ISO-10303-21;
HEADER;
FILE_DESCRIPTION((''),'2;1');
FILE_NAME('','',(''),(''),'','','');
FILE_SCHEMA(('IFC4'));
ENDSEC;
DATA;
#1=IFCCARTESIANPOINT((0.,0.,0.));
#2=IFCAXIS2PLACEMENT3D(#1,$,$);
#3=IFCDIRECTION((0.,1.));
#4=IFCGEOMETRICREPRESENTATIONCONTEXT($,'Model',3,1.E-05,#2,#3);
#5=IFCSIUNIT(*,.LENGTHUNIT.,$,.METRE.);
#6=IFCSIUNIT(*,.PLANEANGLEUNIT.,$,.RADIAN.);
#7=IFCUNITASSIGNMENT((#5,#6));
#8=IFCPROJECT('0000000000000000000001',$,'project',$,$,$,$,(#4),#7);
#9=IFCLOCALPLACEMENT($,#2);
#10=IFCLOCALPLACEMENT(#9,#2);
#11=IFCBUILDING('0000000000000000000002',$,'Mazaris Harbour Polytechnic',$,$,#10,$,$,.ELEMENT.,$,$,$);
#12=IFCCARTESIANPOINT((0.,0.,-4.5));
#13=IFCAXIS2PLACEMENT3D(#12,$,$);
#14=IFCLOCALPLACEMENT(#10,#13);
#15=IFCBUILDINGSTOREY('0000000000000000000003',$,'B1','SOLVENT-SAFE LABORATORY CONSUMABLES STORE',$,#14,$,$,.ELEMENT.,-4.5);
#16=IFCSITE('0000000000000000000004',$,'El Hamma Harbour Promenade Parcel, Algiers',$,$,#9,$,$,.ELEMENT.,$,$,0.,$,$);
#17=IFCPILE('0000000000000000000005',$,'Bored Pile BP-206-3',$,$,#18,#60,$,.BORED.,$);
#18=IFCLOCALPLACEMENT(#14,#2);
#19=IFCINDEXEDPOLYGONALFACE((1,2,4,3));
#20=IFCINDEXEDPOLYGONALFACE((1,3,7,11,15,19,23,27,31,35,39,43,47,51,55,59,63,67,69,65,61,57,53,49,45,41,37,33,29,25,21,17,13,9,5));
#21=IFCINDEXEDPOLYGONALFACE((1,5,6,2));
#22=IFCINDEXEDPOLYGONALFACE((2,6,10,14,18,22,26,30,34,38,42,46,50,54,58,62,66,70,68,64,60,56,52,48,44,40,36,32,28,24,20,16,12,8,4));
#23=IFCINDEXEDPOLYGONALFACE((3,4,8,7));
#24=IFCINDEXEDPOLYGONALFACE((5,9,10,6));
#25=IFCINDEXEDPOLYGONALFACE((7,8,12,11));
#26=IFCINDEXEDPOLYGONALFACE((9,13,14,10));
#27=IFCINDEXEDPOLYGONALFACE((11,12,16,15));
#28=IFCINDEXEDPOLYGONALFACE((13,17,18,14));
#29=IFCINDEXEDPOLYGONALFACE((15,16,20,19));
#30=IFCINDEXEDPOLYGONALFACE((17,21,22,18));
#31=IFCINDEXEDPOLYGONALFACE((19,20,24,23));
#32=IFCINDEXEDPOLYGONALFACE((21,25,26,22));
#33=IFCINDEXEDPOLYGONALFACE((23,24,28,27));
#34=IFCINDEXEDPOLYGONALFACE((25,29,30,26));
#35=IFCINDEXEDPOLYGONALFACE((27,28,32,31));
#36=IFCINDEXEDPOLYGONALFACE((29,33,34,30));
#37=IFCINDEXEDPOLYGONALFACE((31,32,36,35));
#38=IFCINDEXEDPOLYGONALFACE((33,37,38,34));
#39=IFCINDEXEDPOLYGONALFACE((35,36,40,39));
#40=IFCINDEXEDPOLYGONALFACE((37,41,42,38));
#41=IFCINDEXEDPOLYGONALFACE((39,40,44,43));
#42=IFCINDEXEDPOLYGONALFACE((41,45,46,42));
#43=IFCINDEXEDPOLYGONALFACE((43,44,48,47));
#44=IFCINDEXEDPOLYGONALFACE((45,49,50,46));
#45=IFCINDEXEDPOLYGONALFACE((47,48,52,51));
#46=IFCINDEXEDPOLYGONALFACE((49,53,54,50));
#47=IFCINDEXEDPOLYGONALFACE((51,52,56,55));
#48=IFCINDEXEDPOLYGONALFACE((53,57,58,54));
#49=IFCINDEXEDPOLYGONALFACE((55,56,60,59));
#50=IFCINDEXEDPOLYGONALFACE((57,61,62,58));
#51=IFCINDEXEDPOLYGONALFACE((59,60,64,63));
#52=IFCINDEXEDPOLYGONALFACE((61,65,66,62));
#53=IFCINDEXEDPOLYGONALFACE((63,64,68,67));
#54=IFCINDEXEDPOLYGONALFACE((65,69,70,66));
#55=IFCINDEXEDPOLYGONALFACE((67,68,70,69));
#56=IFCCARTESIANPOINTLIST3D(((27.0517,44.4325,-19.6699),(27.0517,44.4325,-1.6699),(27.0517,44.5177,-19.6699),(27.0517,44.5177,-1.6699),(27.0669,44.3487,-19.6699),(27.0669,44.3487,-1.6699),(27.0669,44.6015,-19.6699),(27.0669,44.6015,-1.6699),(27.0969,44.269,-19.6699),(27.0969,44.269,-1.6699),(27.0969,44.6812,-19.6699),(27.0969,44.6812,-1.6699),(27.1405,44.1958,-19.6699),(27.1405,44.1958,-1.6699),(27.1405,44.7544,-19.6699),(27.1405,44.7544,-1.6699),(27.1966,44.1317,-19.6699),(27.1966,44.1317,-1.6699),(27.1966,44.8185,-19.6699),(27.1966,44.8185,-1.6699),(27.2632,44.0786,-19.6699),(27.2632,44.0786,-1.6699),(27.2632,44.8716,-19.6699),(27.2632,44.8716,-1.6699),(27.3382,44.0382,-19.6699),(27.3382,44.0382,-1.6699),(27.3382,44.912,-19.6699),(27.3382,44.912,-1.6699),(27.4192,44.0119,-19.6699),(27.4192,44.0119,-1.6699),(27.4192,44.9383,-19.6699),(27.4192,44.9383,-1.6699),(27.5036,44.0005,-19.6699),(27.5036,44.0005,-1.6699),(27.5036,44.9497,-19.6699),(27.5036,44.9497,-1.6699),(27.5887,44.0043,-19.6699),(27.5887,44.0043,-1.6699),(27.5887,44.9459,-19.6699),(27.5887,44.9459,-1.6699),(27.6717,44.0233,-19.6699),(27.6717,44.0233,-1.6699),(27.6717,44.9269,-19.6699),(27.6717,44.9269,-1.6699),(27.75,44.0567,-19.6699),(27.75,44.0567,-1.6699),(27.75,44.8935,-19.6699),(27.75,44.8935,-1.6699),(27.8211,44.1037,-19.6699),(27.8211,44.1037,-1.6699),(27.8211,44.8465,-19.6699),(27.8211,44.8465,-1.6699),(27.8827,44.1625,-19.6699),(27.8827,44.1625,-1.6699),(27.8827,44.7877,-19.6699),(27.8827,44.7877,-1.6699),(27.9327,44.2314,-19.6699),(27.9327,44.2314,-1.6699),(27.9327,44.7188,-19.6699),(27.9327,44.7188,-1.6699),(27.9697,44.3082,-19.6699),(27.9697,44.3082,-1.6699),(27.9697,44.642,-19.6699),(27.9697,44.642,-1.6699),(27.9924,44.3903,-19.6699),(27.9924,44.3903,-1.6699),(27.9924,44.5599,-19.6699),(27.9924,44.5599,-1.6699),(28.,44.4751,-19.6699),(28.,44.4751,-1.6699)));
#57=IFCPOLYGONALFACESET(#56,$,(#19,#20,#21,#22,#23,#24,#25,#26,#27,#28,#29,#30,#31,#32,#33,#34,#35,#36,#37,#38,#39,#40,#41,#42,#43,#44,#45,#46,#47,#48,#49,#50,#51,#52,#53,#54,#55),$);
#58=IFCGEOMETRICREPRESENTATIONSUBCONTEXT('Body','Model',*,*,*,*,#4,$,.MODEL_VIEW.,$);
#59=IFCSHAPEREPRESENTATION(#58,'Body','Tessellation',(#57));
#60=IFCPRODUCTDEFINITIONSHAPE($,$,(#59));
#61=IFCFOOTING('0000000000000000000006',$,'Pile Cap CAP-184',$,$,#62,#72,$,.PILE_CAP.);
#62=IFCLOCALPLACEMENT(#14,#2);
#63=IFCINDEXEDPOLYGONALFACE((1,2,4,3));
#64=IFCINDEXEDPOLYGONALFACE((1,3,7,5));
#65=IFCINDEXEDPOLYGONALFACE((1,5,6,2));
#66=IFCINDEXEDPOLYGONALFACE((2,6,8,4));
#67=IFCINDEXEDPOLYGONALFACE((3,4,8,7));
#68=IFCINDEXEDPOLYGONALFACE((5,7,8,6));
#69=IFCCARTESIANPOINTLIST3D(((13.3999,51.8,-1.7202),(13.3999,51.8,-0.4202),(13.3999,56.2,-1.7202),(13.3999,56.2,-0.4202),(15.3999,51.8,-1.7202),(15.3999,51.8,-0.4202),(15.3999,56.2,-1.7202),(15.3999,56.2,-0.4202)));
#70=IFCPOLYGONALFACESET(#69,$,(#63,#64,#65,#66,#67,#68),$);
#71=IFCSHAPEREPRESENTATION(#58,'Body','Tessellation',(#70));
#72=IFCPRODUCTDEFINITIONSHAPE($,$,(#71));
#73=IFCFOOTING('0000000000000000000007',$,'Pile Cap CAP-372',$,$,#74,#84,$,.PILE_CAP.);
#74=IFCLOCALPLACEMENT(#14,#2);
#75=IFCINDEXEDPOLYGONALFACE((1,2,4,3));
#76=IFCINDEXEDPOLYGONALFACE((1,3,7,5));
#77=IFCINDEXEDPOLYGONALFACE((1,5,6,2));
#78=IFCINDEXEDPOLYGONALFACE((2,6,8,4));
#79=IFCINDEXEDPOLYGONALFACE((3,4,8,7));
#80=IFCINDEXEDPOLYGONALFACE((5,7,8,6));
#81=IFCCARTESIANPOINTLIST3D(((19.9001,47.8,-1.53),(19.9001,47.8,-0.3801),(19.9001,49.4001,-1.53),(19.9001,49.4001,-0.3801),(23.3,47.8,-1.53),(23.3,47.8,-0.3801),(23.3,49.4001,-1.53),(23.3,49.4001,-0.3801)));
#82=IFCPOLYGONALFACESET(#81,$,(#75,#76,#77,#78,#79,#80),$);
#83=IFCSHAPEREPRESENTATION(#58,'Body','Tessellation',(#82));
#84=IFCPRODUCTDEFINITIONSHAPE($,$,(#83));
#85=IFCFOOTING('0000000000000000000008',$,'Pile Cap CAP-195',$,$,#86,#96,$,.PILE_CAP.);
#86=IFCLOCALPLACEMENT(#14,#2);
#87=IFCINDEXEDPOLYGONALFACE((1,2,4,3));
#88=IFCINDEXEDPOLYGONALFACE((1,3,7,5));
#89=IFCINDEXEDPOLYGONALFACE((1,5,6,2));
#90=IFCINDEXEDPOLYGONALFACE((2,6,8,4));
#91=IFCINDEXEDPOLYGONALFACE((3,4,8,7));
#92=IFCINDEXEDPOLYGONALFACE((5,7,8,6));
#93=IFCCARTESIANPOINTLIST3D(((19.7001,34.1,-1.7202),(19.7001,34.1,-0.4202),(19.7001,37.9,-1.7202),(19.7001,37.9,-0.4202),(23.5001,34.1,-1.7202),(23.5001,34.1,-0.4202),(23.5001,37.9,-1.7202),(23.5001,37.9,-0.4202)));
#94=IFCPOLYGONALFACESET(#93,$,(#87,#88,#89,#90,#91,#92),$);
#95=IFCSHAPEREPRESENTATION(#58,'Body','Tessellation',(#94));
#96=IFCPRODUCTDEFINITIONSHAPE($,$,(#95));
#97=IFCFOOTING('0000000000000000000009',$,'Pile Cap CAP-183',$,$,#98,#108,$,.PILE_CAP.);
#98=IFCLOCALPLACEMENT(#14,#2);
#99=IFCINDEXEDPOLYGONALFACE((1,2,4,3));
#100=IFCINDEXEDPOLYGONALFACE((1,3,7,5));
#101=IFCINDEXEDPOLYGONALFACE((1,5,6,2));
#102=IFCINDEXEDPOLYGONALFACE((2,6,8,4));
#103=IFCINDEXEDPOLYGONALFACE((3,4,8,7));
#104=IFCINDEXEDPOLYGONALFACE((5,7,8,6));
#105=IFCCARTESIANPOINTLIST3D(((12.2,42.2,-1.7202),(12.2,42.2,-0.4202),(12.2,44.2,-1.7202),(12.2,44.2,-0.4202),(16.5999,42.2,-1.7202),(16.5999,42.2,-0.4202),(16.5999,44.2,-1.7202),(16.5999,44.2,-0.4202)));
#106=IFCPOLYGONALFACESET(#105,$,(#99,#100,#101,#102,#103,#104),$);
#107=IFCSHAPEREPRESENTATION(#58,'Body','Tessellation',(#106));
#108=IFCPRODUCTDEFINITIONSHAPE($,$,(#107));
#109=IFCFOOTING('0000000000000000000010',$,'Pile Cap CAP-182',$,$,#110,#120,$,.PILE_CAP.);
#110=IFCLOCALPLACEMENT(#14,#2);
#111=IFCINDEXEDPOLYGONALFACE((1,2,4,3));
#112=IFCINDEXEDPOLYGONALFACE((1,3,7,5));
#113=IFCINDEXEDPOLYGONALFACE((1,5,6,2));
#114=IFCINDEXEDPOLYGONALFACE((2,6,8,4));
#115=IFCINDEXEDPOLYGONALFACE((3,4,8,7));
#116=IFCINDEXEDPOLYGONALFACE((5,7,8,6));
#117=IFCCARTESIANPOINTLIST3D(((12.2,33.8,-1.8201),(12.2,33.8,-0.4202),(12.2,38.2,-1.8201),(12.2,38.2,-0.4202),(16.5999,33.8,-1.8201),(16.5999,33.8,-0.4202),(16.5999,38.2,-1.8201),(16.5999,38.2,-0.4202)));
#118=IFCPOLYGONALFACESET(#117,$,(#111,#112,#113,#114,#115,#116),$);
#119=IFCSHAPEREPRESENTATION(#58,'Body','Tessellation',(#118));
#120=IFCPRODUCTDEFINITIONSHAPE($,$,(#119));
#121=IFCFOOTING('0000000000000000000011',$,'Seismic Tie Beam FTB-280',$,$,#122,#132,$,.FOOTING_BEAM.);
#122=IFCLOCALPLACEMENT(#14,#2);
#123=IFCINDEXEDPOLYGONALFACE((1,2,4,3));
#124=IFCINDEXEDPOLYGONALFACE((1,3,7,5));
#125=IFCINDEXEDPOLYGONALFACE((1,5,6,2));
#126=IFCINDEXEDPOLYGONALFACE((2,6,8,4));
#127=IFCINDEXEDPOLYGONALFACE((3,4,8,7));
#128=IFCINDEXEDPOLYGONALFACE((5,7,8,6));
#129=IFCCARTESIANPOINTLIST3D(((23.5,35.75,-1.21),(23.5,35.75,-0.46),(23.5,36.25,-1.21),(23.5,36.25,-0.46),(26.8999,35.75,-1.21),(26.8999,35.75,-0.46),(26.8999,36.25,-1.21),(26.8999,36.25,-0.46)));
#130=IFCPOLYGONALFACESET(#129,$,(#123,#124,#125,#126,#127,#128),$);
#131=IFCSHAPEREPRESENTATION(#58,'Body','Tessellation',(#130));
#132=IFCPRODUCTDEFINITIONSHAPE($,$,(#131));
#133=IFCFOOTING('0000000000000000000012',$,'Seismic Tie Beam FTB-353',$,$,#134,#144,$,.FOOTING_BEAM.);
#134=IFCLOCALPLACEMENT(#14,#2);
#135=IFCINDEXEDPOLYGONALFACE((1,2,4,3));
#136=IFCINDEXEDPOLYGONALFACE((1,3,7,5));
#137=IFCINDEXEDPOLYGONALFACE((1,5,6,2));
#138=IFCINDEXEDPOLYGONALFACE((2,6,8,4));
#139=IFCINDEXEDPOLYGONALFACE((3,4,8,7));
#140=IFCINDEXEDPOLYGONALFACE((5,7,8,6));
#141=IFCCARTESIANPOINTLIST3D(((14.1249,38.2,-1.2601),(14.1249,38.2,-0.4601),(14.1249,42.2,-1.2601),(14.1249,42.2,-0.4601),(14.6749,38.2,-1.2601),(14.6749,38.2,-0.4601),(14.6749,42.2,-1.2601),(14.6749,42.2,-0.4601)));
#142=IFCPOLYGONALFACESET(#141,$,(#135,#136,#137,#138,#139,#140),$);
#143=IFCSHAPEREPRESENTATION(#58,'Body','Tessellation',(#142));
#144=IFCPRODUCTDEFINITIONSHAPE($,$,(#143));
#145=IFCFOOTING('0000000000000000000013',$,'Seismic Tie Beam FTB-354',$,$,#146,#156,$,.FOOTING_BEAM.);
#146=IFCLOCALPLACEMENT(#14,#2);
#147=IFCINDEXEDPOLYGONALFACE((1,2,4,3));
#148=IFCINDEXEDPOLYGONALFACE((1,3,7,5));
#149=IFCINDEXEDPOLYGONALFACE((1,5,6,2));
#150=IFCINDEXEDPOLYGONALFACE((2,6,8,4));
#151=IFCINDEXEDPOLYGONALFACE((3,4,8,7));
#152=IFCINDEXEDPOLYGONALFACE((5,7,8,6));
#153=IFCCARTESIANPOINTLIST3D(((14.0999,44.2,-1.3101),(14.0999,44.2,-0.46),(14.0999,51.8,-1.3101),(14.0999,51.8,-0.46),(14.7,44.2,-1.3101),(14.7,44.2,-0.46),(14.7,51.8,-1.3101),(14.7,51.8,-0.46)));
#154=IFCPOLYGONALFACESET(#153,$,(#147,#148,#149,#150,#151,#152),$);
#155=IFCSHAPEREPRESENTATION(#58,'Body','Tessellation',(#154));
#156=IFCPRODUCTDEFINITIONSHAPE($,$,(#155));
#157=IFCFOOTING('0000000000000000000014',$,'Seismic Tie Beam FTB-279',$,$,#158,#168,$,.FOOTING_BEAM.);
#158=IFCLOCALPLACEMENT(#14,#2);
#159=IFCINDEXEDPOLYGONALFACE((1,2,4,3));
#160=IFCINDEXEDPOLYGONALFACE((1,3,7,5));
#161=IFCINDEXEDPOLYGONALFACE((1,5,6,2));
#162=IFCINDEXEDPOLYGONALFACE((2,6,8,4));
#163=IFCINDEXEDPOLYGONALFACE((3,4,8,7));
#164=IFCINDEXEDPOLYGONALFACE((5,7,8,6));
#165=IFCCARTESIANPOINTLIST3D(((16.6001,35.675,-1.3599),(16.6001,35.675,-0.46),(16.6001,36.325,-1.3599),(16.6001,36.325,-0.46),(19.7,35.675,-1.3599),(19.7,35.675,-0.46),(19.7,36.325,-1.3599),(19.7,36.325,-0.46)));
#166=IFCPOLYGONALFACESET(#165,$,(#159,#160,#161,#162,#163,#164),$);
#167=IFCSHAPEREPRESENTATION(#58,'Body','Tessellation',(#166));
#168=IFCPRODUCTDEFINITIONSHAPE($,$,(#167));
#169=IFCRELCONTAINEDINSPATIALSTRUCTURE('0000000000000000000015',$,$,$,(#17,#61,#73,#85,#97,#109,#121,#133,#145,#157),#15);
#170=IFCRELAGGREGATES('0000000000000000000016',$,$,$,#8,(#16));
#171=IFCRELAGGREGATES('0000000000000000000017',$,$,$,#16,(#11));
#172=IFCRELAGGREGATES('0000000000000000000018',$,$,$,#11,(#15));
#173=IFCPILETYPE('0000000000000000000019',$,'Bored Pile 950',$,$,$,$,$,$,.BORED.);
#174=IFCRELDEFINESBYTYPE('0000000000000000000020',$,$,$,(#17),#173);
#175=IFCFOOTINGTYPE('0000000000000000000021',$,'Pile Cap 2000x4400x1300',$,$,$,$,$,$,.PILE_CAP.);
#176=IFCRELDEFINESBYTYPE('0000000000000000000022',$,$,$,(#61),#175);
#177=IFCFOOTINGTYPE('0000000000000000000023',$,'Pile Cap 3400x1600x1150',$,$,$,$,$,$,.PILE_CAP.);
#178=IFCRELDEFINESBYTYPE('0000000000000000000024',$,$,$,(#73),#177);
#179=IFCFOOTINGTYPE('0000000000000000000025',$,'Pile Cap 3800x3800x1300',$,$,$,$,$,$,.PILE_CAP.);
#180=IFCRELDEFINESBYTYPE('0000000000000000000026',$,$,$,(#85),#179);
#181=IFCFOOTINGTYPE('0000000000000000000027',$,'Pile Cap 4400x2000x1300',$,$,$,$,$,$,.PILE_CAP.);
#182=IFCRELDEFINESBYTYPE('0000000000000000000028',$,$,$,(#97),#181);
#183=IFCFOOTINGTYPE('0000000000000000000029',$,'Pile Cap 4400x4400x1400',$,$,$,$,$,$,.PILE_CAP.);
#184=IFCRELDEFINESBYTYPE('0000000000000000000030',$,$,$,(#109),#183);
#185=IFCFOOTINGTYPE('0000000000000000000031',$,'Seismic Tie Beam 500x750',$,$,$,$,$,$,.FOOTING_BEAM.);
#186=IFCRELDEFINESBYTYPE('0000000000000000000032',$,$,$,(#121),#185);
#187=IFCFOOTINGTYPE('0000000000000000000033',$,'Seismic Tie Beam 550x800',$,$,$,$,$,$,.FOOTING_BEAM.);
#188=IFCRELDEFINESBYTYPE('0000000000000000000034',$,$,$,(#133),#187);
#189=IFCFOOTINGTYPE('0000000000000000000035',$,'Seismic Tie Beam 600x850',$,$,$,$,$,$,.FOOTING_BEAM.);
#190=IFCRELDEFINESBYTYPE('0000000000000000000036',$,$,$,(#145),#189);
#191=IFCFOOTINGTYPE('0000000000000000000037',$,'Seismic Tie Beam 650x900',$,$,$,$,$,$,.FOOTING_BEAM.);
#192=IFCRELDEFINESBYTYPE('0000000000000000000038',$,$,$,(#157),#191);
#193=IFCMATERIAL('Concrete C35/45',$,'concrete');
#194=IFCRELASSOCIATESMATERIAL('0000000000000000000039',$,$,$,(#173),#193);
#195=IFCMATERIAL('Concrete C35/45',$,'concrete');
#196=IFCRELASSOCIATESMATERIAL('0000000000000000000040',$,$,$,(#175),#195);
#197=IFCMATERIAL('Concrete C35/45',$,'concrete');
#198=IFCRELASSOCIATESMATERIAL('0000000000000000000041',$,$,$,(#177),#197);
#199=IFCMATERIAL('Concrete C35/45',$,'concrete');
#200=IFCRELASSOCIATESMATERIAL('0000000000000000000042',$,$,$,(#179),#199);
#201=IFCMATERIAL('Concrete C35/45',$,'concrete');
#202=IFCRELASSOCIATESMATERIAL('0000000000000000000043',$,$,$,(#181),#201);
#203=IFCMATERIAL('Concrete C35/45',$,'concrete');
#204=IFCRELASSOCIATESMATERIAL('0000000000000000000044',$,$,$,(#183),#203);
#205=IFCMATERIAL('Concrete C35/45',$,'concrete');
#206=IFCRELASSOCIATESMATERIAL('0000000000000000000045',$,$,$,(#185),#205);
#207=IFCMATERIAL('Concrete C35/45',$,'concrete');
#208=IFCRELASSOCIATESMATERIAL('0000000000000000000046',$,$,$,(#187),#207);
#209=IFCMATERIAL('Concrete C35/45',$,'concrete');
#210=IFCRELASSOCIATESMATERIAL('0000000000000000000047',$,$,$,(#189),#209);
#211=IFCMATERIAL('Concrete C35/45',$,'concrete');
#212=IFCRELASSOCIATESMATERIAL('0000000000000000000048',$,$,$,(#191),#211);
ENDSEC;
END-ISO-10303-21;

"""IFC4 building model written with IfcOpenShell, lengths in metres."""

from ifc_helpers import new_model, si_unit, direction, frame, origin, origin_2d, place, context, subcontext, project, spatial, rectangle, circle, extrude, material, material_profile, profile_set, type_object, element, save


model = new_model("IFC4")

# Units and contexts
model_context = context("Model", 3, precision=1e-05, world=origin(), true_north=direction((0.0, 1.0)))
body_context = subcontext(model_context, "Body", "Model", "MODEL_VIEW")
ifc_project = project(units=[si_unit("LENGTHUNIT", "METRE"), si_unit("PLANEANGLEUNIT", "RADIAN")], contexts=[model_context])

# Site, building, storey
site_placement = place(None, origin())
site = spatial("IfcSite", under=ifc_project, at=site_placement, Name="El Hamma Harbour Promenade Parcel, Algiers", CompositionType="ELEMENT", RefElevation=0.0)
building_placement = place(site_placement, origin())
building = spatial("IfcBuilding", under=site, at=building_placement, Name="Mazaris Harbour Polytechnic", CompositionType="ELEMENT")
storey_placement = place(building_placement, frame((0.0, 0.0, -4.5)))
storey = spatial("IfcBuildingStorey", under=building, at=storey_placement, Name="B1", Description="SOLVENT-SAFE LABORATORY CONSUMABLES STORE", CompositionType="ELEMENT", Elevation=-4.5)

# Pile
ifc_material_1 = material(Name="Concrete C35/45", Category="concrete")
ifc_material_profile_1 = material_profile(ifc_material_1, circle(Radius=0.4751, at=origin_2d()), Name="DIA950")
ifc_profile_set_1 = profile_set([ifc_material_profile_1], Name="Concrete C35/45")
pile_type_1 = type_object("IfcPileType", Name="Bored Pile 950", PredefinedType="BORED", material=ifc_profile_set_1)
for number, where, z_axis, x_axis, name in (
    (1, (27.5249, 44.4751, -1.6699), (0.0, 0.0, -1.0), (1.0, 0.0, 0.0), "Bored Pile BP-206-3"),
):
    element("IfcPile", number, at=place(storey_placement, frame(where, z_axis=z_axis, x_axis=x_axis)), inside=storey, type_object=pile_type_1, Name=name, PredefinedType="BORED", context=body_context, shape_type="SweptSolid", body=[
        extrude(circle(Radius=0.4751, at=origin_2d()), origin(), (0.0, 0.0, 1.0), 18.0),
    ])

# Footings
ifc_material_2 = material(Name="Concrete C35/45", Category="concrete")
footing_type_1 = type_object("IfcFootingType", Name="Pile Cap 2000x4400x1300", PredefinedType="PILE_CAP", material=ifc_material_2)
footing_1_placement = place(storey_placement, frame((14.3999, 54.0, -1.7202), z_axis=(0.0, 0.0, 1.0), x_axis=(1.0, 0.0, 0.0)))
element("IfcFooting", 2, at=footing_1_placement, inside=storey, type_object=footing_type_1, Name="Pile Cap CAP-184", PredefinedType="PILE_CAP", context=body_context, shape_type="SweptSolid", body=[
    extrude(rectangle(XDim=2.0, YDim=4.3999, at=origin_2d()), origin(), (0.0, 0.0, 1.0), 1.3),
])
ifc_material_3 = material(Name="Concrete C35/45", Category="concrete")
footing_type_2 = type_object("IfcFootingType", Name="Pile Cap 3400x1600x1150", PredefinedType="PILE_CAP", material=ifc_material_3)
footing_2_placement = place(storey_placement, frame((21.6001, 48.6001, -1.53), z_axis=(0.0, 0.0, 1.0), x_axis=(1.0, 0.0, 0.0)))
element("IfcFooting", 3, at=footing_2_placement, inside=storey, type_object=footing_type_2, Name="Pile Cap CAP-372", PredefinedType="PILE_CAP", context=body_context, shape_type="SweptSolid", body=[
    extrude(rectangle(XDim=3.3999, YDim=1.6001, at=origin_2d()), origin(), (0.0, 0.0, 1.0), 1.1499),
])
ifc_material_4 = material(Name="Concrete C35/45", Category="concrete")
footing_type_3 = type_object("IfcFootingType", Name="Pile Cap 3800x3800x1300", PredefinedType="PILE_CAP", material=ifc_material_4)
footing_3_placement = place(storey_placement, frame((21.6001, 36.0, -1.7202), z_axis=(0.0, 0.0, 1.0), x_axis=(1.0, 0.0, 0.0)))
element("IfcFooting", 4, at=footing_3_placement, inside=storey, type_object=footing_type_3, Name="Pile Cap CAP-195", PredefinedType="PILE_CAP", context=body_context, shape_type="SweptSolid", body=[
    extrude(rectangle(XDim=3.8, YDim=3.8, at=origin_2d()), origin(), (0.0, 0.0, 1.0), 1.3),
])
ifc_material_5 = material(Name="Concrete C35/45", Category="concrete")
footing_type_4 = type_object("IfcFootingType", Name="Pile Cap 4400x2000x1300", PredefinedType="PILE_CAP", material=ifc_material_5)
footing_4_placement = place(storey_placement, frame((14.3999, 43.2, -1.7202), z_axis=(0.0, 0.0, 1.0), x_axis=(1.0, 0.0, 0.0)))
element("IfcFooting", 5, at=footing_4_placement, inside=storey, type_object=footing_type_4, Name="Pile Cap CAP-183", PredefinedType="PILE_CAP", context=body_context, shape_type="SweptSolid", body=[
    extrude(rectangle(XDim=4.3999, YDim=2.0, at=origin_2d()), origin(), (0.0, 0.0, 1.0), 1.3),
])
ifc_material_6 = material(Name="Concrete C35/45", Category="concrete")
footing_type_5 = type_object("IfcFootingType", Name="Pile Cap 4400x4400x1400", PredefinedType="PILE_CAP", material=ifc_material_6)
footing_5_placement = place(storey_placement, frame((14.3999, 36.0, -1.8201), z_axis=(0.0, 0.0, 1.0), x_axis=(1.0, 0.0, 0.0)))
element("IfcFooting", 6, at=footing_5_placement, inside=storey, type_object=footing_type_5, Name="Pile Cap CAP-182", PredefinedType="PILE_CAP", context=body_context, shape_type="SweptSolid", body=[
    extrude(rectangle(XDim=4.3999, YDim=4.3999, at=origin_2d()), origin(), (0.0, 0.0, 1.0), 1.3999),
])
ifc_material_7 = material(Name="Concrete C35/45", Category="concrete")
ifc_material_profile_2 = material_profile(ifc_material_7, rectangle(XDim=0.5, YDim=0.75, at=origin_2d()), Name="RECT500x750")
ifc_profile_set_2 = profile_set([ifc_material_profile_2], Name="Concrete C35/45")
footing_type_6 = type_object("IfcFootingType", Name="Seismic Tie Beam 500x750", PredefinedType="FOOTING_BEAM", material=ifc_profile_set_2)
footing_6_placement = place(storey_placement, frame((23.5, 36.0, -0.835), z_axis=(1.0, 0.0, 0.0), x_axis=(0.0, 1.0, 0.0)))
element("IfcFooting", 7, at=footing_6_placement, inside=storey, type_object=footing_type_6, Name="Seismic Tie Beam FTB-280", PredefinedType="FOOTING_BEAM", context=body_context, shape_type="SweptSolid", body=[
    extrude(rectangle(XDim=0.5, YDim=0.75, at=origin_2d()), origin(), (0.0, 0.0, 1.0), 3.3999),
])
ifc_material_8 = material(Name="Concrete C35/45", Category="concrete")
ifc_material_profile_3 = material_profile(ifc_material_8, rectangle(XDim=0.55, YDim=0.8, at=origin_2d()), Name="RECT550x800")
ifc_profile_set_3 = profile_set([ifc_material_profile_3], Name="Concrete C35/45")
footing_type_7 = type_object("IfcFootingType", Name="Seismic Tie Beam 550x800", PredefinedType="FOOTING_BEAM", material=ifc_profile_set_3)
footing_7_placement = place(storey_placement, frame((14.3999, 38.2, -0.8601), z_axis=(0.0, 1.0, 0.0), x_axis=(-1.0, 0.0, 0.0)))
element("IfcFooting", 8, at=footing_7_placement, inside=storey, type_object=footing_type_7, Name="Seismic Tie Beam FTB-353", PredefinedType="FOOTING_BEAM", context=body_context, shape_type="SweptSolid", body=[
    extrude(rectangle(XDim=0.55, YDim=0.8, at=origin_2d()), origin(), (0.0, 0.0, 1.0), 4.0),
])
ifc_material_9 = material(Name="Concrete C35/45", Category="concrete")
ifc_material_profile_4 = material_profile(ifc_material_9, rectangle(XDim=0.6001, YDim=0.8501, at=origin_2d()), Name="RECT600x850")
ifc_profile_set_4 = profile_set([ifc_material_profile_4], Name="Concrete C35/45")
footing_type_8 = type_object("IfcFootingType", Name="Seismic Tie Beam 600x850", PredefinedType="FOOTING_BEAM", material=ifc_profile_set_4)
footing_8_placement = place(storey_placement, frame((14.3999, 44.2, -0.885), z_axis=(0.0, 1.0, 0.0), x_axis=(-1.0, 0.0, 0.0)))
element("IfcFooting", 9, at=footing_8_placement, inside=storey, type_object=footing_type_8, Name="Seismic Tie Beam FTB-354", PredefinedType="FOOTING_BEAM", context=body_context, shape_type="SweptSolid", body=[
    extrude(rectangle(XDim=0.6001, YDim=0.8501, at=origin_2d()), origin(), (0.0, 0.0, 1.0), 7.6001),
])
ifc_material_10 = material(Name="Concrete C35/45", Category="concrete")
ifc_material_profile_5 = material_profile(ifc_material_10, rectangle(XDim=0.6499, YDim=0.8999, at=origin_2d()), Name="RECT650x900")
ifc_profile_set_5 = profile_set([ifc_material_profile_5], Name="Concrete C35/45")
footing_type_9 = type_object("IfcFootingType", Name="Seismic Tie Beam 650x900", PredefinedType="FOOTING_BEAM", material=ifc_profile_set_5)
footing_9_placement = place(storey_placement, frame((16.6001, 36.0, -0.9099), z_axis=(1.0, 0.0, 0.0), x_axis=(0.0, 1.0, 0.0)))
element("IfcFooting", 10, at=footing_9_placement, inside=storey, type_object=footing_type_9, Name="Seismic Tie Beam FTB-279", PredefinedType="FOOTING_BEAM", context=body_context, shape_type="SweptSolid", body=[
    extrude(rectangle(XDim=0.6499, YDim=0.8999, at=origin_2d()), origin(), (0.0, 0.0, 1.0), 3.0999),
])

save(model, "model.ifc")
